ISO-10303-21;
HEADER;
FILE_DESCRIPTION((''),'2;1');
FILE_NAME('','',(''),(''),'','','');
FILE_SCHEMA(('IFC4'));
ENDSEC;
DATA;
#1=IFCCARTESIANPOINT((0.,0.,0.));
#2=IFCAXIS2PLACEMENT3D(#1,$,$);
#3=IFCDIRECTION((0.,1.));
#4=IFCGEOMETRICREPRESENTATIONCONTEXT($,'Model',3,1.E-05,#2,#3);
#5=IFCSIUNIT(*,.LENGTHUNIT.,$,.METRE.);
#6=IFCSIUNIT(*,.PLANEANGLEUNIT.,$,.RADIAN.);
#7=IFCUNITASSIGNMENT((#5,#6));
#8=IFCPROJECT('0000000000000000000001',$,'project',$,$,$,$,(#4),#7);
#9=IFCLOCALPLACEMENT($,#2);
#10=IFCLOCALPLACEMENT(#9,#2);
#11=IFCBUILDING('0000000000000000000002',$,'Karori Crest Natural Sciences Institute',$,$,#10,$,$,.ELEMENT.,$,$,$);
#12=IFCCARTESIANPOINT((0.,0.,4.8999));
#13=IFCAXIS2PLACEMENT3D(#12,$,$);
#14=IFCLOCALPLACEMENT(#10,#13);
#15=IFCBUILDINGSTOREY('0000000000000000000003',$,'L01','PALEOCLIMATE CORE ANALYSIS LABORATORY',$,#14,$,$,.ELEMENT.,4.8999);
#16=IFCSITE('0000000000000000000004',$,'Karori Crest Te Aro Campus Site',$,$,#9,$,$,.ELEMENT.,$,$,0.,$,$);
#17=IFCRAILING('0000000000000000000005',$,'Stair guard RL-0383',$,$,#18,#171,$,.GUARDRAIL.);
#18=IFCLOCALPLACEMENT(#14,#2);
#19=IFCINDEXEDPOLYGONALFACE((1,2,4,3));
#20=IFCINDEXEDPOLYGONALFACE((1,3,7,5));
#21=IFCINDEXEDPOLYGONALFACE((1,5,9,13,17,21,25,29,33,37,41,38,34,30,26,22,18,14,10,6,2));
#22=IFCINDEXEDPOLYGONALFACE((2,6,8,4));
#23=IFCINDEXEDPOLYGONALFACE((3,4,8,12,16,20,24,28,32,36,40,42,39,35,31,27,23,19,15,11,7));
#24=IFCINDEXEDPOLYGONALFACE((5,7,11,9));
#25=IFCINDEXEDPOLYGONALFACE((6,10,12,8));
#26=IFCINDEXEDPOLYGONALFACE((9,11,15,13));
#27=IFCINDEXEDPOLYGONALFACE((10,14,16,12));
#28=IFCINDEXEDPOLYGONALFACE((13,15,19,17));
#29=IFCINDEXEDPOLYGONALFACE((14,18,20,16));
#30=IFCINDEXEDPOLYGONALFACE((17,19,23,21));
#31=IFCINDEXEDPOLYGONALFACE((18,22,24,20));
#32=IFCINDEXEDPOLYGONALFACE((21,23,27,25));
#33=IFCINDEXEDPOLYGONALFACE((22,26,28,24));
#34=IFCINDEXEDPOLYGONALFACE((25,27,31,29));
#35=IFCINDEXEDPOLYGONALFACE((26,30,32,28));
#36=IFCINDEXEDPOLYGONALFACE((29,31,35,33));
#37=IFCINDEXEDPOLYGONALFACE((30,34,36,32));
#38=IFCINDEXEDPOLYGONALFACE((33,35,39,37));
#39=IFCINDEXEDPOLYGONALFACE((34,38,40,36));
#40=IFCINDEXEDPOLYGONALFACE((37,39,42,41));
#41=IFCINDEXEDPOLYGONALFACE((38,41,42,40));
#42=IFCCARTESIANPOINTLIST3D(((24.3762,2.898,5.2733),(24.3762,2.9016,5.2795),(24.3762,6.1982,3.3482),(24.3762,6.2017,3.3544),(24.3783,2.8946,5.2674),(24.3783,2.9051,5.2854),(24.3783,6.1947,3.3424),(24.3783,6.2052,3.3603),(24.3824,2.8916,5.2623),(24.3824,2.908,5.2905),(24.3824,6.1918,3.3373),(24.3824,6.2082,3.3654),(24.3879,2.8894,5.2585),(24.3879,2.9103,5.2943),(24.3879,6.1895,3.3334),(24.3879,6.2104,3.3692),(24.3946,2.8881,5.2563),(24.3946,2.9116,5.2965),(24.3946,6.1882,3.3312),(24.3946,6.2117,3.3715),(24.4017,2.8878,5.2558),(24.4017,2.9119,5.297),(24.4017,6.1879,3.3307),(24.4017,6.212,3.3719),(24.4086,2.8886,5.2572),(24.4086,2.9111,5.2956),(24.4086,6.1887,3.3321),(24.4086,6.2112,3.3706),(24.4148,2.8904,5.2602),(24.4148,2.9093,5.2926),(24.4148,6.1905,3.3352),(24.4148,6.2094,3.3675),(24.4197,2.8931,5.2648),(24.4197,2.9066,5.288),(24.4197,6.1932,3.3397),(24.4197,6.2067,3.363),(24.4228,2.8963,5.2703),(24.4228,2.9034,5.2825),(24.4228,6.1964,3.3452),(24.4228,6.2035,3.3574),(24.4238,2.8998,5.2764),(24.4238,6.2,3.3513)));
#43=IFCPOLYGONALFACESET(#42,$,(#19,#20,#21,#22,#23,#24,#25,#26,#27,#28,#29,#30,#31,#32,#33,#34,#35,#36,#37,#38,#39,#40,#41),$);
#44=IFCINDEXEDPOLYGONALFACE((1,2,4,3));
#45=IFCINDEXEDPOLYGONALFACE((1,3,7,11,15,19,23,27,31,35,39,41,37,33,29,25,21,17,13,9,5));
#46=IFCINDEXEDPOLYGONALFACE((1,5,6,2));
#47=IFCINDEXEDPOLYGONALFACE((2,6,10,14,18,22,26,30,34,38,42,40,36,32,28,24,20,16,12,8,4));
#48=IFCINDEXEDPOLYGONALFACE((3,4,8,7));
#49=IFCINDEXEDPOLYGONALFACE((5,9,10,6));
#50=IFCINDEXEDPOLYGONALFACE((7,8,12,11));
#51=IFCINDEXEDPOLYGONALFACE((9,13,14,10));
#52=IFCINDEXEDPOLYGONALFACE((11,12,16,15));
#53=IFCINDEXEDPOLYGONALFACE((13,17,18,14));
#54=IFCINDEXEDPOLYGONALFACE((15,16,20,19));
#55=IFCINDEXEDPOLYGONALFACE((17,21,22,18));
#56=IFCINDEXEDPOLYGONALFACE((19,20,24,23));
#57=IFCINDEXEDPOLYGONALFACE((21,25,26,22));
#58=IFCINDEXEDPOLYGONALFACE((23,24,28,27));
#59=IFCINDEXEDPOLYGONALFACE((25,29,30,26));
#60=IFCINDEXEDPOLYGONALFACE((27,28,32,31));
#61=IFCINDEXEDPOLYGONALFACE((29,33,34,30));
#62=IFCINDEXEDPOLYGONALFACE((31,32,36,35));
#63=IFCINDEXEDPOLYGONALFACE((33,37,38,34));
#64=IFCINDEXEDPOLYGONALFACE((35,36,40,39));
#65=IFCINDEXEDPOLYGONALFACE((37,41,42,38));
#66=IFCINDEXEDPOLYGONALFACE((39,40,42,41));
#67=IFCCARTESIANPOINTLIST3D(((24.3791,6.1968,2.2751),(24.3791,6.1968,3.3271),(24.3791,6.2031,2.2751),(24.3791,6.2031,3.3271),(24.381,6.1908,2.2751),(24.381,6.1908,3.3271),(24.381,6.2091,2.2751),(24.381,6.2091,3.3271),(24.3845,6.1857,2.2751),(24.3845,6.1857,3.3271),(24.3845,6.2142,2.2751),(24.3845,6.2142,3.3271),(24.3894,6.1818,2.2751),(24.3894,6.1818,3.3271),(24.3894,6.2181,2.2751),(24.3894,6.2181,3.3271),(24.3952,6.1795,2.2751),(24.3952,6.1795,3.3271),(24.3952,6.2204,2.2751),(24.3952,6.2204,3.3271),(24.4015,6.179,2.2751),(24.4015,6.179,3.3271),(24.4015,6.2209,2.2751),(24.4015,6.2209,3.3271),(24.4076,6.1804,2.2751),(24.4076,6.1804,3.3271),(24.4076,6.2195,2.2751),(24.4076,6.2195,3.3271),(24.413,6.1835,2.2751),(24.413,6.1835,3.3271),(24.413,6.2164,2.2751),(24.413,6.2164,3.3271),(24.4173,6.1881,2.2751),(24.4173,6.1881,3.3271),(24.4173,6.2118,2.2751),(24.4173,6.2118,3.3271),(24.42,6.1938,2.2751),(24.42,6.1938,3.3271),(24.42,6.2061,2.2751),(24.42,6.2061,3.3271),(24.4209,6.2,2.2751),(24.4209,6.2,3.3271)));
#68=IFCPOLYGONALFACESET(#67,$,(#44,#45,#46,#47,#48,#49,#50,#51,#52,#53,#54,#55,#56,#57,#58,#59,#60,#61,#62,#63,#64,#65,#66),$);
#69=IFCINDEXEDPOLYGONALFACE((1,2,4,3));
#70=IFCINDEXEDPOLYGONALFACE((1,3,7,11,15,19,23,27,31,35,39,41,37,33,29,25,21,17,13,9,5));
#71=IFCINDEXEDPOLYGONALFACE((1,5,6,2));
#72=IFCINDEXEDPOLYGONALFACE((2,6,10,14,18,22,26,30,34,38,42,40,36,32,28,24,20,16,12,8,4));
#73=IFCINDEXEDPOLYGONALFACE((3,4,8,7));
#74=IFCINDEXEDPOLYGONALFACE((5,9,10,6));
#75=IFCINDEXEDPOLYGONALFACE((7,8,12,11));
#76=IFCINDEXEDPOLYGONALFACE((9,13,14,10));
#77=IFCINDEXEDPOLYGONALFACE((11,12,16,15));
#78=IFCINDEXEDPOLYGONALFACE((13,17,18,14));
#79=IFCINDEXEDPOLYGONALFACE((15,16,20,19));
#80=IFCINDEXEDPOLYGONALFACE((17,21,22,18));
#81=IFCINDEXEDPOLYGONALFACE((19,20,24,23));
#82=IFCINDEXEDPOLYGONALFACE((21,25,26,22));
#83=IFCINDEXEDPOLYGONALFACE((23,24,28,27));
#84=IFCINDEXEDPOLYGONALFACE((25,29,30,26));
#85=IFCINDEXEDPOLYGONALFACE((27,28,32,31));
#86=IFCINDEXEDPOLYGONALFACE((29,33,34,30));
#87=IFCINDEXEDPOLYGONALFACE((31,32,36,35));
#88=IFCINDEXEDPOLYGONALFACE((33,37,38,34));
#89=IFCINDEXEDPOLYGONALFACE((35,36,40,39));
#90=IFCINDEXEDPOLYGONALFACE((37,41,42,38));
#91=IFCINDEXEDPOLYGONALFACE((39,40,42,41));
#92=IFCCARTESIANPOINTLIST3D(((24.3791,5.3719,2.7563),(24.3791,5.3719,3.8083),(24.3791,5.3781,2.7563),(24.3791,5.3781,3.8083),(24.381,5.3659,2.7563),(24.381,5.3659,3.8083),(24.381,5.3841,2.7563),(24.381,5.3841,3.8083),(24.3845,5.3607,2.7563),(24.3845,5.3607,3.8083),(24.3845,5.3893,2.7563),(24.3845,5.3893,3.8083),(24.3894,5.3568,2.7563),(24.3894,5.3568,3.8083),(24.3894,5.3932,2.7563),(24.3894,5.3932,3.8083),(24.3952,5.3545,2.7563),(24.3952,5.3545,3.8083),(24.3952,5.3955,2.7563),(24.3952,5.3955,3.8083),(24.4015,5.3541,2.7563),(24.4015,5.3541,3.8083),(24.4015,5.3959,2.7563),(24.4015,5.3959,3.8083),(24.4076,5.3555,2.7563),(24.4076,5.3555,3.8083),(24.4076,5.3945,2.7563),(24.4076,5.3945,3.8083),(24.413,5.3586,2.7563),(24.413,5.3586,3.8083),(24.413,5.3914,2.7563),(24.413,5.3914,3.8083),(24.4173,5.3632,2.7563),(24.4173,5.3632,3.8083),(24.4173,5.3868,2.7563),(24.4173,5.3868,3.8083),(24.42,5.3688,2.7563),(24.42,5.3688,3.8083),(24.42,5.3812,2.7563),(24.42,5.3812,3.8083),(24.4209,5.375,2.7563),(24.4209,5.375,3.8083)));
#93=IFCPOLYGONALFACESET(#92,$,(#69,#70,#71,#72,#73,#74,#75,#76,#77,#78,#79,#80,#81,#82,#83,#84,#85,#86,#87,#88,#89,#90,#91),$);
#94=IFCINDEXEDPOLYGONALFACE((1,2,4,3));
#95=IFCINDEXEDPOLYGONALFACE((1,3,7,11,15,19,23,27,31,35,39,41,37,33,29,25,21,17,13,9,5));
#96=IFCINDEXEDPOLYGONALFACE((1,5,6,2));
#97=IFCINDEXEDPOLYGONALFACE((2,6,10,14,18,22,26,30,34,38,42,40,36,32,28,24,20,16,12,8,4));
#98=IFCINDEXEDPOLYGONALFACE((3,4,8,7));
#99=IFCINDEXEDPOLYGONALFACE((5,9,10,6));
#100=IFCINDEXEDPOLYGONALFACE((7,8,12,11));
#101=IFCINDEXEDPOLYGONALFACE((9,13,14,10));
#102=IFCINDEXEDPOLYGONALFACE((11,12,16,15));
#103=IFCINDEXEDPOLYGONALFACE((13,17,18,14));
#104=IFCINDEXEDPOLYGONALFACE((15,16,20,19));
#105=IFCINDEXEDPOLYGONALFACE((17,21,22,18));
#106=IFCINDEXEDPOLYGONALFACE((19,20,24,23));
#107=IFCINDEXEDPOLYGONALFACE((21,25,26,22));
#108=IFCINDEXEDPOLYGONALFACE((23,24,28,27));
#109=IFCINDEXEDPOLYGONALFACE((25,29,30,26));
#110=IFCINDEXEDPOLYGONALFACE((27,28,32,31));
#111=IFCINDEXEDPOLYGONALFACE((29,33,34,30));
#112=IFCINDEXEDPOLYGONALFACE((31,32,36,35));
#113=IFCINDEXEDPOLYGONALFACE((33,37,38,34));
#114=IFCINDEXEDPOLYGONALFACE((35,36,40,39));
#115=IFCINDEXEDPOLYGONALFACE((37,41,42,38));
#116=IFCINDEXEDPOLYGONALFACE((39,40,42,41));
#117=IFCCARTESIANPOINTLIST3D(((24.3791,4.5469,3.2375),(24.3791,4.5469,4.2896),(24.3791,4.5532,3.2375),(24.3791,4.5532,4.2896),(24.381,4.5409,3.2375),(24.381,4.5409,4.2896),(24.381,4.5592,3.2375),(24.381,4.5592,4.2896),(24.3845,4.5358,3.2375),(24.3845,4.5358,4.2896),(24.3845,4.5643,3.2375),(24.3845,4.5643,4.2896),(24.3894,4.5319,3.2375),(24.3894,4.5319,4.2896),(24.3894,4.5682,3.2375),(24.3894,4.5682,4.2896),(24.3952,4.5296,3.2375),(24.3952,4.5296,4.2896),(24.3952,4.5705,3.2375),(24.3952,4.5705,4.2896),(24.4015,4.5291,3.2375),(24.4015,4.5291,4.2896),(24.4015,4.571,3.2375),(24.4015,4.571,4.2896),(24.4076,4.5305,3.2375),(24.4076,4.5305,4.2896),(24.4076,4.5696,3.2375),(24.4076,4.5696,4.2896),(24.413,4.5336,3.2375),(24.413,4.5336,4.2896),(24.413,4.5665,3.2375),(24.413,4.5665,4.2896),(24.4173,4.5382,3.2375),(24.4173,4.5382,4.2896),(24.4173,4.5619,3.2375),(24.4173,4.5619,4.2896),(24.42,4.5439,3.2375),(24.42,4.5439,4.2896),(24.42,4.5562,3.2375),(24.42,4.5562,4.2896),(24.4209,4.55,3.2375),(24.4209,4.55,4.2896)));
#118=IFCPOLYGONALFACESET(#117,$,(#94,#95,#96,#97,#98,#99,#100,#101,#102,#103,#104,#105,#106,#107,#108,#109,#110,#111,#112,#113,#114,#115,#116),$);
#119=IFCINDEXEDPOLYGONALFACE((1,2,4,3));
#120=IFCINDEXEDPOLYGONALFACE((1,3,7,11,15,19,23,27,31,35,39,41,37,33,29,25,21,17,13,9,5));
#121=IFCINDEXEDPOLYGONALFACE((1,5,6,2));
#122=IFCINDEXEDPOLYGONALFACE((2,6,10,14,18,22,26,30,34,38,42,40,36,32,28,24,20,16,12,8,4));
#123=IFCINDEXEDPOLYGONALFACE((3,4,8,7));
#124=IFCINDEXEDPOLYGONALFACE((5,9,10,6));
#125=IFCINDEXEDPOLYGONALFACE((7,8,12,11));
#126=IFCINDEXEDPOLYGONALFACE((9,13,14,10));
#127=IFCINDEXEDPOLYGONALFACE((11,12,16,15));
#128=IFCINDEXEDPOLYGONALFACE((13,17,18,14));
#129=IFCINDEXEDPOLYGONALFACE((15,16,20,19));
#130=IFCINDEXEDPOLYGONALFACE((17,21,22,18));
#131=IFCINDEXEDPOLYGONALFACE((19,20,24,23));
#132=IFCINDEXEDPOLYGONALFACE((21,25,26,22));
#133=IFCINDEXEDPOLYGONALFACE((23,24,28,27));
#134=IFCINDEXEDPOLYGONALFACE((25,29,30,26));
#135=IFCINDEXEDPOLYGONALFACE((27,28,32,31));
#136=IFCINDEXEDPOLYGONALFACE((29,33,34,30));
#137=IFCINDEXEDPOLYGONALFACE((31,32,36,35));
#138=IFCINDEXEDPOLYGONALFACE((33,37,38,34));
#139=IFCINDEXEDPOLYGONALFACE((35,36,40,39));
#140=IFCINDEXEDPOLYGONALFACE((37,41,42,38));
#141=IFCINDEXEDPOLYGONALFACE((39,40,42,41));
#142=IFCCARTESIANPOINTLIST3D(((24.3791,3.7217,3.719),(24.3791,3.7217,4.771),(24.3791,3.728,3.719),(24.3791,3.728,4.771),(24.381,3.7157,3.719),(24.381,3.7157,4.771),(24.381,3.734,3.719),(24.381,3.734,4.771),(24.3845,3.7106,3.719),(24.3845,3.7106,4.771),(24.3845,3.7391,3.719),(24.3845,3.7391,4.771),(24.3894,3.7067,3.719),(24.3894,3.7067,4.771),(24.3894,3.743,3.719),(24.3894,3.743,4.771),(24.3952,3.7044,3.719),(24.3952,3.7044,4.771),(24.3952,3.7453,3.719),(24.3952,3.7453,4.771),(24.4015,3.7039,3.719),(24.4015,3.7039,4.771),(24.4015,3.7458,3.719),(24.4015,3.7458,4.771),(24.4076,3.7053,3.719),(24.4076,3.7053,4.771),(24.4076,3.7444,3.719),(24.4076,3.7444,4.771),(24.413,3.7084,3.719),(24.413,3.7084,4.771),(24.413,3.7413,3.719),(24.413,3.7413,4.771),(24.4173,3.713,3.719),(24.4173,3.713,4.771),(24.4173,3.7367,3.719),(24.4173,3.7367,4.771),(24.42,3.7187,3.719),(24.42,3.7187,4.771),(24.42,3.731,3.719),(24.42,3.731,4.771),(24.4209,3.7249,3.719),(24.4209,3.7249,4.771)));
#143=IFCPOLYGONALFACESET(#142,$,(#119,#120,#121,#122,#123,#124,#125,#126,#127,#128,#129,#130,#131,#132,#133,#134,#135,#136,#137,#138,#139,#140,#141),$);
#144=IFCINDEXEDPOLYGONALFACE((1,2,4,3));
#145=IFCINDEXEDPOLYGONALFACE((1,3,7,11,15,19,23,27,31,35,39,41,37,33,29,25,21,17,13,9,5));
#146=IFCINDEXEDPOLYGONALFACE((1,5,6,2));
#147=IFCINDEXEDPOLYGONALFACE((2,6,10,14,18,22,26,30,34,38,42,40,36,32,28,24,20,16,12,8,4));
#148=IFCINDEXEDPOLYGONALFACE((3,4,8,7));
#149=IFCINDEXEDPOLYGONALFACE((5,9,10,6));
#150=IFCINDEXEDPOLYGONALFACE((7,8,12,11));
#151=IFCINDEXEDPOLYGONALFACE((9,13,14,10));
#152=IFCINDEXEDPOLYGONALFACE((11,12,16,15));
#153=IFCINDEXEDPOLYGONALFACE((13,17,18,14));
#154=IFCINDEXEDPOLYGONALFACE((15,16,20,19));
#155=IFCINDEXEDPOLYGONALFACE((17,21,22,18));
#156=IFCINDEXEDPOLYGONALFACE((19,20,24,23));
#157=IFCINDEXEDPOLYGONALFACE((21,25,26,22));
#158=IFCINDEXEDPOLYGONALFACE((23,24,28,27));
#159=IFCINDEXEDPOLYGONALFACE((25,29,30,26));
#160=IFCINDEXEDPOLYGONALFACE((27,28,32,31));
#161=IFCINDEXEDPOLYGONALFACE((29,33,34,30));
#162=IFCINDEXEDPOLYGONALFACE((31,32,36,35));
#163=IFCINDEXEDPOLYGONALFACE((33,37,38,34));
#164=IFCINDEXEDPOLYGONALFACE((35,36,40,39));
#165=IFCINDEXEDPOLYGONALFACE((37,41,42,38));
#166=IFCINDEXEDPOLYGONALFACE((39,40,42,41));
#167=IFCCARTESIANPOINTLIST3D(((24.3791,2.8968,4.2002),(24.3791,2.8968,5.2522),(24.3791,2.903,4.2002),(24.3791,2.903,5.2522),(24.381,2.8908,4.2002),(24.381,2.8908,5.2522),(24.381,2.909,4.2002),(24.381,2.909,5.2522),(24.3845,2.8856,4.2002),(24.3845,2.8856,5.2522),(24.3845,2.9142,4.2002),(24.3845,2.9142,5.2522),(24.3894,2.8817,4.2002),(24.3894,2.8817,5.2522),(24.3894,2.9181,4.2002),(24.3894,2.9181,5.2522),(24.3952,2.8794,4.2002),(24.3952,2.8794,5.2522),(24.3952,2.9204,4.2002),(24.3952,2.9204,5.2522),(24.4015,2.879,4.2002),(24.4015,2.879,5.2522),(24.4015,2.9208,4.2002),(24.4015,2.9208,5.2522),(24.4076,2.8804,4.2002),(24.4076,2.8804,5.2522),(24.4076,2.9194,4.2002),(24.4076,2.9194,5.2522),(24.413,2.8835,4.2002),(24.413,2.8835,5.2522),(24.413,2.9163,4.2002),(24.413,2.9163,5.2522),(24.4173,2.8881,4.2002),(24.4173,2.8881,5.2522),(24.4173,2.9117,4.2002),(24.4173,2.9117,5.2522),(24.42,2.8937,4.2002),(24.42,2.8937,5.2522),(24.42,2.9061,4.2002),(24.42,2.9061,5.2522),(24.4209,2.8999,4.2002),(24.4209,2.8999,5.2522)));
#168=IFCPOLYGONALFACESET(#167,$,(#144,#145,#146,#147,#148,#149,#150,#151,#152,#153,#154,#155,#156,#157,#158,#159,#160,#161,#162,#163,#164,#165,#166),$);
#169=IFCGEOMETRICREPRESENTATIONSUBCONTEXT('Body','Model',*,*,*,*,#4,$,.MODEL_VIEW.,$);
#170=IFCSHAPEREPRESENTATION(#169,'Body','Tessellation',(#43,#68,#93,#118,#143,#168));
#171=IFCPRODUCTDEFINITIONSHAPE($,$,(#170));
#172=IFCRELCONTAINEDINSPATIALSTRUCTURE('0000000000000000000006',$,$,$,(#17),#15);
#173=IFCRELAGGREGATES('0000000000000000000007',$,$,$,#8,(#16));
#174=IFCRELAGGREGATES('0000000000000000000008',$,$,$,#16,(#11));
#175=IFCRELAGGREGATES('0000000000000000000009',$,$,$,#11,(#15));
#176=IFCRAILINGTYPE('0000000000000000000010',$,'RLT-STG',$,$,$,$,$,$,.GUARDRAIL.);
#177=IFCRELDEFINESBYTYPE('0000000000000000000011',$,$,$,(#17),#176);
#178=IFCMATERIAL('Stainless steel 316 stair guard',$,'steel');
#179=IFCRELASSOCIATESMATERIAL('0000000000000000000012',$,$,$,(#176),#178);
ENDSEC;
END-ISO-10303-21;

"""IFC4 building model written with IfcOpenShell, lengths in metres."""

from ifc_helpers import new_model, si_unit, direction, frame, origin, origin_2d, place, context, subcontext, project, spatial, circle, extrude, material, type_object, element, save


model = new_model("IFC4")

# Units and contexts
model_context = context("Model", 3, precision=1e-05, world=origin(), true_north=direction((0.0, 1.0)))
body_context = subcontext(model_context, "Body", "Model", "MODEL_VIEW")
ifc_project = project(units=[si_unit("LENGTHUNIT", "METRE"), si_unit("PLANEANGLEUNIT", "RADIAN")], contexts=[model_context])

# Site, building, storey
site_placement = place(None, origin())
site = spatial("IfcSite", under=ifc_project, at=site_placement, Name="Karori Crest Te Aro Campus Site", CompositionType="ELEMENT", RefElevation=0.0)
building_placement = place(site_placement, origin())
building = spatial("IfcBuilding", under=site, at=building_placement, Name="Karori Crest Natural Sciences Institute", CompositionType="ELEMENT")
storey_placement = place(building_placement, frame((0.0, 0.0, 4.8999)))
storey = spatial("IfcBuildingStorey", under=building, at=storey_placement, Name="L01", Description="PALEOCLIMATE CORE ANALYSIS LABORATORY", CompositionType="ELEMENT", Elevation=4.8999)

# Railing
ifc_material_1 = material(Name="Stainless steel 316 stair guard", Category="steel")
railing_type_1 = type_object("IfcRailingType", Name="RLT-STG", PredefinedType="GUARDRAIL", material=ifc_material_1)
railing_1_placement = place(storey_placement, frame((24.3999, 6.2, 2.2751)))
element("IfcRailing", 1, at=railing_1_placement, inside=storey, type_object=railing_type_1, Name="Stair guard RL-0383", PredefinedType="GUARDRAIL", context=body_context, shape_type="SweptSolid", body=[
    extrude(circle(Radius=0.0239, at=origin_2d()), frame((0.0, 0.0, 1.0762), z_axis=(0.0, -0.863777, 0.503875), x_axis=(1.0, 0.0, 0.0)), (0.0, 0.0, 1.0), 3.8206),
    extrude(circle(Radius=0.021, at=origin_2d()), origin(), (0.0, 0.0, 1.0), 1.052),
    extrude(circle(Radius=0.021, at=origin_2d()), frame((0.0, -0.825, 0.4812)), (0.0, 0.0, 1.0), 1.052),
    extrude(circle(Radius=0.021, at=origin_2d()), frame((0.0, -1.6499, 0.9624)), (0.0, 0.0, 1.0), 1.052),
    extrude(circle(Radius=0.021, at=origin_2d()), frame((0.0, -2.4751, 1.4438)), (0.0, 0.0, 1.0), 1.052),
    extrude(circle(Radius=0.021, at=origin_2d()), frame((0.0, -3.3, 1.925)), (0.0, 0.0, 1.0), 1.052),
])

save(model, "model.ifc")
